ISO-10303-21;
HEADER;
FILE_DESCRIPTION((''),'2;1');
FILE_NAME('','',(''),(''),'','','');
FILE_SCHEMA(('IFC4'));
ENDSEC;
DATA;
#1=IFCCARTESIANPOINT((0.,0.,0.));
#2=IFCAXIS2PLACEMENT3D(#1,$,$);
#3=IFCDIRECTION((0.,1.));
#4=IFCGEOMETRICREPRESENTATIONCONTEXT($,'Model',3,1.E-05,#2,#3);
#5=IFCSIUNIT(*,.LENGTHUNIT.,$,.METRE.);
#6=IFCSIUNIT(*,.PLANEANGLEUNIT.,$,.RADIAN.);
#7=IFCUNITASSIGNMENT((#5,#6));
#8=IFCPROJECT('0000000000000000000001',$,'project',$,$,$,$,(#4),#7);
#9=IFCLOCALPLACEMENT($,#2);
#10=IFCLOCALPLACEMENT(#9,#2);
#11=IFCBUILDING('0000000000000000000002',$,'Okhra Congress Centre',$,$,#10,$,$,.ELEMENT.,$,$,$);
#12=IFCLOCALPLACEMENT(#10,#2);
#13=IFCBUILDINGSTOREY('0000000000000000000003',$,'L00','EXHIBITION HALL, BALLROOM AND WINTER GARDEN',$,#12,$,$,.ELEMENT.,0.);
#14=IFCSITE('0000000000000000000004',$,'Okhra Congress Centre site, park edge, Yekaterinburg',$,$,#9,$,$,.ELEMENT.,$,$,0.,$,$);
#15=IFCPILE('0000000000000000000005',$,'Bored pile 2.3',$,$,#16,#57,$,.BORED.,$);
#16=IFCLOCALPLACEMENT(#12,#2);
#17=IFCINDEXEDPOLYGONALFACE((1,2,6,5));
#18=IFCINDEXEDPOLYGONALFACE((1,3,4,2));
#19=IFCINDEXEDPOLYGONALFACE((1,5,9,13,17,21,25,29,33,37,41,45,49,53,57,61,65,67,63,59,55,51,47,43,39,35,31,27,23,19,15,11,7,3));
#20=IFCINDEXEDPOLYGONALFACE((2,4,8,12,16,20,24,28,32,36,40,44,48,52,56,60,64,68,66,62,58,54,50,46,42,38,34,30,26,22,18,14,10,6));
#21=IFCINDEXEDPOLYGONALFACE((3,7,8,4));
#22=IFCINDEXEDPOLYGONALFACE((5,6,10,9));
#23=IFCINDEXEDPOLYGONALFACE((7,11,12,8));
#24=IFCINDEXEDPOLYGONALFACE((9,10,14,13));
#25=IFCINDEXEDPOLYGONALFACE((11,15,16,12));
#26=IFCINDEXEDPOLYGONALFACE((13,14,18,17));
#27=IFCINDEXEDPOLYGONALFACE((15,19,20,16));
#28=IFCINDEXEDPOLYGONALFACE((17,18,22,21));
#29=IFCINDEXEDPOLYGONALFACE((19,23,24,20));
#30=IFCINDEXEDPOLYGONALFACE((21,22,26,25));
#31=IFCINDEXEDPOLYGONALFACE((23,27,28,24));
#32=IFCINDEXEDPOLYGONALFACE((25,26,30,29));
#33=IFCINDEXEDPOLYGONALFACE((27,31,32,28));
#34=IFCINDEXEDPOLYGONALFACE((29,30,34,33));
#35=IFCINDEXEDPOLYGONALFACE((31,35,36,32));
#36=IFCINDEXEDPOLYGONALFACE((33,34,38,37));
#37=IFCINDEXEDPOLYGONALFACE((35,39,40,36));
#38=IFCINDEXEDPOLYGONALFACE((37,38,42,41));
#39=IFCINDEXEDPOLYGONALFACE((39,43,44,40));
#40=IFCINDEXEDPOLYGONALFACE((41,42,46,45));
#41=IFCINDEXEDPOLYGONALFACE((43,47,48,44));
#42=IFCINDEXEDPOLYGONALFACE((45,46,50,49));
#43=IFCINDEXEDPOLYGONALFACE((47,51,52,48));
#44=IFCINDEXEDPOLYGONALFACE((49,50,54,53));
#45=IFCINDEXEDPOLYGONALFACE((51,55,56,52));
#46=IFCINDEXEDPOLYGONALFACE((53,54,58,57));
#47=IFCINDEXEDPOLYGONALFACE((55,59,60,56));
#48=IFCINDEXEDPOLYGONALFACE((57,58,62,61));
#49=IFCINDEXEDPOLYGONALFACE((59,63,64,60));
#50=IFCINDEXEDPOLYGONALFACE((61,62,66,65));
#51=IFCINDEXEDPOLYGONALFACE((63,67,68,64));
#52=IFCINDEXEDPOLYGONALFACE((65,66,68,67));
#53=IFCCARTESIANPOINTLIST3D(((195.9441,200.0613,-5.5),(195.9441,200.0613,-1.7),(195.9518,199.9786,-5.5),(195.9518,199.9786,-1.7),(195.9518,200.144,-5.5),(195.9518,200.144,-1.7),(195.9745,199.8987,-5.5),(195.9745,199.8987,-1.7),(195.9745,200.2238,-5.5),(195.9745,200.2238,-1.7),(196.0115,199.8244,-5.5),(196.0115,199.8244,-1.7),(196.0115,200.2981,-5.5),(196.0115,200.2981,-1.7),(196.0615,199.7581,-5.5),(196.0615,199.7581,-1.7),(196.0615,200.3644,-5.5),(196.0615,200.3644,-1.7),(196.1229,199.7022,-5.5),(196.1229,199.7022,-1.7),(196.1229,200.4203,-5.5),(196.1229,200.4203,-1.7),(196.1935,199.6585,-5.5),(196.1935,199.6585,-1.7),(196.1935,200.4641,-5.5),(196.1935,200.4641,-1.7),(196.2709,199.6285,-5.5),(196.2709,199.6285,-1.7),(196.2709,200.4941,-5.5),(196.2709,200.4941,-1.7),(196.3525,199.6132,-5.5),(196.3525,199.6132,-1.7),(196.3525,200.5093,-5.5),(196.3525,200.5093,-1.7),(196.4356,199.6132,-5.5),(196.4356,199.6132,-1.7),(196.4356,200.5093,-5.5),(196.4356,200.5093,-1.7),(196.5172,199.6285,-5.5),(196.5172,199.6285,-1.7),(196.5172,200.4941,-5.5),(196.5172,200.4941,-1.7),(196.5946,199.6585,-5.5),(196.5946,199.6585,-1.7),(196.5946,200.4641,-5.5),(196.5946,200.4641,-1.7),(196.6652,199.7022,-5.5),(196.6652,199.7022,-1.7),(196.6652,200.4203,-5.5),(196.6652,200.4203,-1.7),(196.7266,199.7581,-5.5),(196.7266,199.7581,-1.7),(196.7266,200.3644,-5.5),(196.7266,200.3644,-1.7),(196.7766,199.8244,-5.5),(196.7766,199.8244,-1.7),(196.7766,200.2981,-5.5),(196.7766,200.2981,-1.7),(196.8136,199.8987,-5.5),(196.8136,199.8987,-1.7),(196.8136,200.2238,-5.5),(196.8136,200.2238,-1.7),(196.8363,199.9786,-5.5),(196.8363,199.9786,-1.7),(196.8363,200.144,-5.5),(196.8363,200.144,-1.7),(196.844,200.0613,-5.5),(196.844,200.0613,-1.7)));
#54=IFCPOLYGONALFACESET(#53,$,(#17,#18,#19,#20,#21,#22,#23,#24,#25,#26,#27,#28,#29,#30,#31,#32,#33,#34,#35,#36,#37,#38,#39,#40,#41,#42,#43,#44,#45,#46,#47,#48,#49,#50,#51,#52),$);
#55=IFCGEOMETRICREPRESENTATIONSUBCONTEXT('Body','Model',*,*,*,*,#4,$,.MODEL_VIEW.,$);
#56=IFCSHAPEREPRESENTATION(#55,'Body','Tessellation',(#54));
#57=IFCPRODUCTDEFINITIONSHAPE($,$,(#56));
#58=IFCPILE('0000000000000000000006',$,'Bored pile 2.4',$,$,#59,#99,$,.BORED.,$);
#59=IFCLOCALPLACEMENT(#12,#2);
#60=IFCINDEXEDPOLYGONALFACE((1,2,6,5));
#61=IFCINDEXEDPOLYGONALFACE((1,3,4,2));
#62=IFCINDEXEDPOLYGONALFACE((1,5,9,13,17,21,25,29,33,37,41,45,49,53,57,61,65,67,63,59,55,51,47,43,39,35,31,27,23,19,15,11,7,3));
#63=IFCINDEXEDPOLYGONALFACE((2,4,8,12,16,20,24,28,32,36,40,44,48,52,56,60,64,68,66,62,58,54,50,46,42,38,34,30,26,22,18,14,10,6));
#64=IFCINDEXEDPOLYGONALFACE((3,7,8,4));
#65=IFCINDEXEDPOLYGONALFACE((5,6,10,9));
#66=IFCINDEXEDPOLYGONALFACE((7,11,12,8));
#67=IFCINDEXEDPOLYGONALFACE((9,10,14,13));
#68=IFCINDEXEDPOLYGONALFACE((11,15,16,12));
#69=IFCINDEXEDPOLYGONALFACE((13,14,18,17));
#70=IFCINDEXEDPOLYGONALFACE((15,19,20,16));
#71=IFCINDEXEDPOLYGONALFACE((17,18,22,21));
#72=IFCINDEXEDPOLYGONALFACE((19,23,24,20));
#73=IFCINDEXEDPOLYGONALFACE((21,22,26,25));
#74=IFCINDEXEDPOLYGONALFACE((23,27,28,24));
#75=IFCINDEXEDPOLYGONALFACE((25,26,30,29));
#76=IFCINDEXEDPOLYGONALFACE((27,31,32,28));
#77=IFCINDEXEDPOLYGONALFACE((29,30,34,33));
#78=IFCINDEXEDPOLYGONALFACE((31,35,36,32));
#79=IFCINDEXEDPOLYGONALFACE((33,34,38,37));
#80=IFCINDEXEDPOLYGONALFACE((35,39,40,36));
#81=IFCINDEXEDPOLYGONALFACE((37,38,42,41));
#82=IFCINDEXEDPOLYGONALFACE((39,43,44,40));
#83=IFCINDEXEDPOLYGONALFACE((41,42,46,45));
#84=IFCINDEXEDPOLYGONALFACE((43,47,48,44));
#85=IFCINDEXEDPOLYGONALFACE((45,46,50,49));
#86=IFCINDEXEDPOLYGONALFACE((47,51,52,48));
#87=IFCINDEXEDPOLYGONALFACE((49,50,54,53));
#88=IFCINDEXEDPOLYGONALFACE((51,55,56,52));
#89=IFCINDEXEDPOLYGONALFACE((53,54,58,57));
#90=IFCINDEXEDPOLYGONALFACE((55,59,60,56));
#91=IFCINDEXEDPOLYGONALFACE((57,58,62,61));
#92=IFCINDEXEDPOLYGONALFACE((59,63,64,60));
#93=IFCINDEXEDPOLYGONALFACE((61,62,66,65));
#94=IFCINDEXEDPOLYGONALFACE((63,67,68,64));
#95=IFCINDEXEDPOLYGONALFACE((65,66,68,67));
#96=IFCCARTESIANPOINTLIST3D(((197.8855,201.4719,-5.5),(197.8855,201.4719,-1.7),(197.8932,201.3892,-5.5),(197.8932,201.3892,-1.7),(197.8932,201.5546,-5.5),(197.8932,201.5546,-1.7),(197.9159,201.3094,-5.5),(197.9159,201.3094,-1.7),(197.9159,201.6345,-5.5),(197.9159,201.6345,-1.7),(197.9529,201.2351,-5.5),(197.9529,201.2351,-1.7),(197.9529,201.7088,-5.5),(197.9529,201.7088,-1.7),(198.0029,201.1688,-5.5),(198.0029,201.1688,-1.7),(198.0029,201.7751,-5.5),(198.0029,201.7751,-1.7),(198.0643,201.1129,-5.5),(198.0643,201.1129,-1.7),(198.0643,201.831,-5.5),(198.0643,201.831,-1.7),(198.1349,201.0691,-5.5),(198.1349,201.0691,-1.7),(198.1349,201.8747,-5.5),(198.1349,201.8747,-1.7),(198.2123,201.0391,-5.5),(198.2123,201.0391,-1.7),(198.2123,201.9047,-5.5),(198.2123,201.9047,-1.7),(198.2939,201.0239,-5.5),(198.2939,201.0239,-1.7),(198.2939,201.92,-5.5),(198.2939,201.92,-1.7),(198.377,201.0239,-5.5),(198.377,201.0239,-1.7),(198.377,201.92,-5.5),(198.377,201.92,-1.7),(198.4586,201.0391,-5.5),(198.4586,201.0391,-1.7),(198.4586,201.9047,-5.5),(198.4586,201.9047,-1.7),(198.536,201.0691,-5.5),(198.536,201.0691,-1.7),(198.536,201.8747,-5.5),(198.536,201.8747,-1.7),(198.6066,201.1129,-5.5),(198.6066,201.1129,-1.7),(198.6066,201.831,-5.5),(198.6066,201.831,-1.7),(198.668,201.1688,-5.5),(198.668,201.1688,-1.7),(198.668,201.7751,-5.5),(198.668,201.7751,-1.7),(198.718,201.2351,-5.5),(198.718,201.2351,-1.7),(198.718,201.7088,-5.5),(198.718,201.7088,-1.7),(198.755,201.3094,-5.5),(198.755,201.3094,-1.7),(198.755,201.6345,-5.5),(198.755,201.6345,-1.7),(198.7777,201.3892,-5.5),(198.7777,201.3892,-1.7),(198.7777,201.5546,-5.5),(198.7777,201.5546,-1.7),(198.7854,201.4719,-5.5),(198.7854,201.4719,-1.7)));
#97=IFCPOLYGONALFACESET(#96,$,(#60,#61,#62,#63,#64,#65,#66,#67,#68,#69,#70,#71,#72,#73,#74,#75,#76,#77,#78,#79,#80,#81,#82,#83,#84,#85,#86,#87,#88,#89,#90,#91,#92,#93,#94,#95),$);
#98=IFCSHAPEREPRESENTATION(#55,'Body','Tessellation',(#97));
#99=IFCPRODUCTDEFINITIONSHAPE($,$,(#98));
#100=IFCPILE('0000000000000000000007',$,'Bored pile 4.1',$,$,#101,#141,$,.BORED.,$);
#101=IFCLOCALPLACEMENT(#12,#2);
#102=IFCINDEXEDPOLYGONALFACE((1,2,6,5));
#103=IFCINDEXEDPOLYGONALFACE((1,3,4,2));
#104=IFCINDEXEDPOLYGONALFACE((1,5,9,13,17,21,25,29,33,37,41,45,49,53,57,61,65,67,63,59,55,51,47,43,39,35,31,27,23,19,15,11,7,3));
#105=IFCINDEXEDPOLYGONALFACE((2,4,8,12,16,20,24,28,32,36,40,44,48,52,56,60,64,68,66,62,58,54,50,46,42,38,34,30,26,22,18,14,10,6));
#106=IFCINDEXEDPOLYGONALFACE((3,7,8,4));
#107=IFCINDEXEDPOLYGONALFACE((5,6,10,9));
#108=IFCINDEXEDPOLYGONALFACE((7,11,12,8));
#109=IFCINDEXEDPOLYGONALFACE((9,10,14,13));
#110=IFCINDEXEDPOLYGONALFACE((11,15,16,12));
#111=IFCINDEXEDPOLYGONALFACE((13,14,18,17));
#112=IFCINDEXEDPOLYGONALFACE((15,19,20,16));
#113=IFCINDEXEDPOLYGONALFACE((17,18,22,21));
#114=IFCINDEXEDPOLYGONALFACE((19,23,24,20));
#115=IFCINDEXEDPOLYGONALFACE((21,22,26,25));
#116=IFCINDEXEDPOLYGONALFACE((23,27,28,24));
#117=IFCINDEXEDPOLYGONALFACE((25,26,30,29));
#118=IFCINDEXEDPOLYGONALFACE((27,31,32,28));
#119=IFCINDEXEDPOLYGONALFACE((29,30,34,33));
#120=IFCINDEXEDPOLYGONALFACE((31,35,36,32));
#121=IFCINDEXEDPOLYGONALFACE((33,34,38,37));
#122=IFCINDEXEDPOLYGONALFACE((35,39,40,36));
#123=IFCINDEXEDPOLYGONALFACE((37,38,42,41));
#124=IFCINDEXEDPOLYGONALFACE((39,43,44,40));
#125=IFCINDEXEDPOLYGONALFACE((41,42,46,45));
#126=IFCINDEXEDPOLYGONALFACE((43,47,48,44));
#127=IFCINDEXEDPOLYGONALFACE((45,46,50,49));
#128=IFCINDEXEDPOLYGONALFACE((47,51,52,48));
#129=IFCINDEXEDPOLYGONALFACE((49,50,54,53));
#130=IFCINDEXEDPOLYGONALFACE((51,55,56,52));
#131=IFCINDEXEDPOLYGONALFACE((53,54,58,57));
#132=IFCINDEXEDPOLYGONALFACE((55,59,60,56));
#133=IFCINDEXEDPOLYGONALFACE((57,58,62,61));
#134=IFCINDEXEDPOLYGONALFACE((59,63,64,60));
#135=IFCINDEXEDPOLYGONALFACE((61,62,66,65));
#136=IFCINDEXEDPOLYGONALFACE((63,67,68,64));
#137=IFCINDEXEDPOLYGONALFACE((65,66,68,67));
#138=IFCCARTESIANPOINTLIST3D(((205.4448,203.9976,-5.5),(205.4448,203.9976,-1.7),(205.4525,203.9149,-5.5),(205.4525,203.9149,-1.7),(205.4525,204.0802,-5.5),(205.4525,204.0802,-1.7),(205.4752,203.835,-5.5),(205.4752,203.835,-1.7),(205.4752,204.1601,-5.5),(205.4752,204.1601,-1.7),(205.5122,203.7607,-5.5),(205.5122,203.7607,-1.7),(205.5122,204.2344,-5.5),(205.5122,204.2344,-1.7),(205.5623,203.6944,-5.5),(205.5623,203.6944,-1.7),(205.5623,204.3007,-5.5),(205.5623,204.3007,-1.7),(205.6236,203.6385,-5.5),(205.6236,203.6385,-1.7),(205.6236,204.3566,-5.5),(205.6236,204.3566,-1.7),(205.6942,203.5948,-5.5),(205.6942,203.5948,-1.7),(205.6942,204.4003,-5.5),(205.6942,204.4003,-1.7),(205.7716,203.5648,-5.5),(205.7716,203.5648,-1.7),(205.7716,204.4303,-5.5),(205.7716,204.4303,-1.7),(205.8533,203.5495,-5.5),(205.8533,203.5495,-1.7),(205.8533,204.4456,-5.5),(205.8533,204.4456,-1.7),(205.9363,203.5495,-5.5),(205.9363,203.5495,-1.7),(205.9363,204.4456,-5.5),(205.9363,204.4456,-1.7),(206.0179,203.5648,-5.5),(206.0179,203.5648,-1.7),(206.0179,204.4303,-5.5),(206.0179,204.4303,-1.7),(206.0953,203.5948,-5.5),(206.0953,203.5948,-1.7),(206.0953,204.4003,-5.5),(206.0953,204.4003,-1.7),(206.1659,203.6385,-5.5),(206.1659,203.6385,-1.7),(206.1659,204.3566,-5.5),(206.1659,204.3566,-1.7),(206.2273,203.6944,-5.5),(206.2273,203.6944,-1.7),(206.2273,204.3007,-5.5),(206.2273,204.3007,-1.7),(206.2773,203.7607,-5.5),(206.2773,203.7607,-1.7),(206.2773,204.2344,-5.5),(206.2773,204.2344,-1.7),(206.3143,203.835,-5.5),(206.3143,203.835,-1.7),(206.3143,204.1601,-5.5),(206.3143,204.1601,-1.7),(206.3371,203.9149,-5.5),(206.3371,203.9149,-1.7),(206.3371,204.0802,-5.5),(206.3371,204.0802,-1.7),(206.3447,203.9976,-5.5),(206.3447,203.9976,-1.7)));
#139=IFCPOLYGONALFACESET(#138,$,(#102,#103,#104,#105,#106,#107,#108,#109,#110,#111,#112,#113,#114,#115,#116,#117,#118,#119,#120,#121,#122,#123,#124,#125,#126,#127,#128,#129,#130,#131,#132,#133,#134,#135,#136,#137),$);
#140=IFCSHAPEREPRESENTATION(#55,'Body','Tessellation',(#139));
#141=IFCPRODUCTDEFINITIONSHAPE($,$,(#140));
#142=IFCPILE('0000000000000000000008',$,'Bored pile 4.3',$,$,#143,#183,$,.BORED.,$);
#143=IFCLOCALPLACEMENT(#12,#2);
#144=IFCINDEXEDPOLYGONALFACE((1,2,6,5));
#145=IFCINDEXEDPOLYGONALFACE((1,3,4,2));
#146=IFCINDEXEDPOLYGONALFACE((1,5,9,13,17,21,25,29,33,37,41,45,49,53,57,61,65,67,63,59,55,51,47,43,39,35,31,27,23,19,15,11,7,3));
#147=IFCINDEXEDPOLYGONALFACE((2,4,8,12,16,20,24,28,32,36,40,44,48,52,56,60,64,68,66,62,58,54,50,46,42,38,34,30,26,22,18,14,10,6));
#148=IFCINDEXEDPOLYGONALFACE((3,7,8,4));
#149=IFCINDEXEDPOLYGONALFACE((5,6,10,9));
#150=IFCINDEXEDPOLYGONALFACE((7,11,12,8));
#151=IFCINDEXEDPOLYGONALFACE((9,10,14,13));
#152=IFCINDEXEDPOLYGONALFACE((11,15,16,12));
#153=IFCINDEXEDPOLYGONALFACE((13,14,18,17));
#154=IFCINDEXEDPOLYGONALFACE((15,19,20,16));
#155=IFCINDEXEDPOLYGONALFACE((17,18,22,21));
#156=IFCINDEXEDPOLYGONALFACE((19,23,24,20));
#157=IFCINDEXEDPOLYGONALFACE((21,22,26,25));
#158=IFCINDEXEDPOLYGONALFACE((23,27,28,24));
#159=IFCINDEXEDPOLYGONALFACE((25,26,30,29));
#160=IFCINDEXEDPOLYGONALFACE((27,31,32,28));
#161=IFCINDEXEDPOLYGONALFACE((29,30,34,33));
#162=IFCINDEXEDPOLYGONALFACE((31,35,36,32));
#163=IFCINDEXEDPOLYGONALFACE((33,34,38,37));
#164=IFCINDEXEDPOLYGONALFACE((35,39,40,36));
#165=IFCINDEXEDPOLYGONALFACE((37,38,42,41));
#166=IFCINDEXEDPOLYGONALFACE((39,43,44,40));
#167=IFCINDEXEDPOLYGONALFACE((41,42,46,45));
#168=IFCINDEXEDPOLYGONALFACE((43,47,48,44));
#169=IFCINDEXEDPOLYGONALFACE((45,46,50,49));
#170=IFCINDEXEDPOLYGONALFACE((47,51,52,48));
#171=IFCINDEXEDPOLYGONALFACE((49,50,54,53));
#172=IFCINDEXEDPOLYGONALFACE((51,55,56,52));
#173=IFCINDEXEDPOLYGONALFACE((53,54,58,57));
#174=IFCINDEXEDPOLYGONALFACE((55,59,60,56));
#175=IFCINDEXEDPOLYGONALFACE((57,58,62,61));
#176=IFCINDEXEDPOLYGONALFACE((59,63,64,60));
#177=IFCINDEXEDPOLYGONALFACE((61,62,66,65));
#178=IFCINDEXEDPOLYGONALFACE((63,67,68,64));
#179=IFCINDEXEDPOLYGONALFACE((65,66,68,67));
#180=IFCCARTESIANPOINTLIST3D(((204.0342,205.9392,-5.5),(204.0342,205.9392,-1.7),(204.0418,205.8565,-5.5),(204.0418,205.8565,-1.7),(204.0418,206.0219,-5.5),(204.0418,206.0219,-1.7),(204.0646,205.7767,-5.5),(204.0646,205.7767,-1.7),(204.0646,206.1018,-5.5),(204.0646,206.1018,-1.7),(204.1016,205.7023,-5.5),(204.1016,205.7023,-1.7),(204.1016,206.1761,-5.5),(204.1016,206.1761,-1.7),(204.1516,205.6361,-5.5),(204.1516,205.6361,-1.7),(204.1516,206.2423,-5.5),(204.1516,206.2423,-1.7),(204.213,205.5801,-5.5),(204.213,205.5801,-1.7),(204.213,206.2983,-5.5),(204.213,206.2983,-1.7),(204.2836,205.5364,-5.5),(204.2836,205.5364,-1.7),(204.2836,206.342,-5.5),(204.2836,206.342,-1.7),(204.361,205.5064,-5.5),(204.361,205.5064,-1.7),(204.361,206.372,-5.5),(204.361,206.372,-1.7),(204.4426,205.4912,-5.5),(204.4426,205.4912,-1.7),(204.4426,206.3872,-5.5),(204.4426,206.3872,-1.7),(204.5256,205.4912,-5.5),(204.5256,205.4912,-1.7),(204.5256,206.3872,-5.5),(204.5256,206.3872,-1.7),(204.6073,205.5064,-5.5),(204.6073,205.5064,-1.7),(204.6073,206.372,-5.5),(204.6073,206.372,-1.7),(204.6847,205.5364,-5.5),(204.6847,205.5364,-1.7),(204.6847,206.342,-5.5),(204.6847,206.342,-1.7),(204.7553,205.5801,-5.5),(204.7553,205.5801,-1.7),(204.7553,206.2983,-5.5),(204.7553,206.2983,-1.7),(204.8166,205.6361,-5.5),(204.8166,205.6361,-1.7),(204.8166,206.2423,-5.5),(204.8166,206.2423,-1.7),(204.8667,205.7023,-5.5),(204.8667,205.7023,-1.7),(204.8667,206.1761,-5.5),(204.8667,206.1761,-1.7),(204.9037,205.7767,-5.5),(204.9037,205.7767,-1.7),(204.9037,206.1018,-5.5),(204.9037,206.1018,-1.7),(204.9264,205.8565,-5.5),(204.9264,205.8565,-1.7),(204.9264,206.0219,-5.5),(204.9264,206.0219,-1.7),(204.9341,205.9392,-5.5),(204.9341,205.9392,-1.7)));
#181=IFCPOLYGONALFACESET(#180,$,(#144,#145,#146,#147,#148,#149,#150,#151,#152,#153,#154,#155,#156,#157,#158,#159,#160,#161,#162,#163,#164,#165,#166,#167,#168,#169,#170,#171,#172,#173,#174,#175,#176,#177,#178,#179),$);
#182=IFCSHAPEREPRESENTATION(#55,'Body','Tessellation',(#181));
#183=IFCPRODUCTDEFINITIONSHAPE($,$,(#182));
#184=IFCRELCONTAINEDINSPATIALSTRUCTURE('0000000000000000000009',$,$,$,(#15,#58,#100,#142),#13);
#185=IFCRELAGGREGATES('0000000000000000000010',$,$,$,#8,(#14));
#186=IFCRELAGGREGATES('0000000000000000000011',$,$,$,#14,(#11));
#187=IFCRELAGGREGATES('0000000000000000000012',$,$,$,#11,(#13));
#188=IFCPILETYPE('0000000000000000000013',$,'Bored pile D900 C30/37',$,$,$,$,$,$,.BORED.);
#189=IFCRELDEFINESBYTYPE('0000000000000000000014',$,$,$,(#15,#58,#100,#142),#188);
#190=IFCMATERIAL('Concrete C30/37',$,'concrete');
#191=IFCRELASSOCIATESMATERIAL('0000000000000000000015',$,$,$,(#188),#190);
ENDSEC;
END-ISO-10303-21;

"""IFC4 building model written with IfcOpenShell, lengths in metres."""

from ifc_helpers import new_model, si_unit, direction, frame, origin, origin_2d, place, context, subcontext, project, spatial, circle, extrude, material, material_profile, profile_set, type_object, element, save


model = new_model("IFC4")

# Units and contexts
model_context = context("Model", 3, precision=1e-05, world=origin(), true_north=direction((0.0, 1.0)))
body_context = subcontext(model_context, "Body", "Model", "MODEL_VIEW")
ifc_project = project(units=[si_unit("LENGTHUNIT", "METRE"), si_unit("PLANEANGLEUNIT", "RADIAN")], contexts=[model_context])

# Site, building, storey
site_placement = place(None, origin())
site = spatial("IfcSite", under=ifc_project, at=site_placement, Name="Okhra Congress Centre site, park edge, Yekaterinburg", CompositionType="ELEMENT", RefElevation=0.0)
building_placement = place(site_placement, origin())
building = spatial("IfcBuilding", under=site, at=building_placement, Name="Okhra Congress Centre", CompositionType="ELEMENT")
storey_placement = place(building_placement, origin())
storey = spatial("IfcBuildingStorey", under=building, at=storey_placement, Name="L00", Description="EXHIBITION HALL, BALLROOM AND WINTER GARDEN", CompositionType="ELEMENT", Elevation=0.0)

# Piles
ifc_material_1 = material(Name="Concrete C30/37", Category="concrete")
ifc_material_profile_1 = material_profile(ifc_material_1, circle(Radius=0.45, at=origin_2d()), Name="D900")
ifc_profile_set_1 = profile_set([ifc_material_profile_1], Name="Concrete C30/37")
pile_type = type_object("IfcPileType", Name="Bored pile D900 C30/37", PredefinedType="BORED", material=ifc_profile_set_1)
for number, where, z_axis, x_axis, name in (
    (1, (196.394, 200.0613, -1.7), (0.0, 0.0, -1.0), (1.0, 0.0, 0.0), "Bored pile 2.3"),
    (2, (198.3354, 201.4719, -1.7), (0.0, 0.0, -1.0), (1.0, 0.0, 0.0), "Bored pile 2.4"),
    (3, (205.8948, 203.9976, -1.7), (0.0, 0.0, -1.0), (1.0, 0.0, 0.0), "Bored pile 4.1"),
    (4, (204.4841, 205.9392, -1.7), (0.0, 0.0, -1.0), (1.0, 0.0, 0.0), "Bored pile 4.3"),
):
    element("IfcPile", number, at=place(storey_placement, frame(where, z_axis=z_axis, x_axis=x_axis)), inside=storey, type_object=pile_type, Name=name, PredefinedType="BORED", context=body_context, shape_type="SweptSolid", body=[
        extrude(circle(Radius=0.45, at=origin_2d()), origin(), (0.0, 0.0, 1.0), 3.8),
    ])

save(model, "model.ifc")
